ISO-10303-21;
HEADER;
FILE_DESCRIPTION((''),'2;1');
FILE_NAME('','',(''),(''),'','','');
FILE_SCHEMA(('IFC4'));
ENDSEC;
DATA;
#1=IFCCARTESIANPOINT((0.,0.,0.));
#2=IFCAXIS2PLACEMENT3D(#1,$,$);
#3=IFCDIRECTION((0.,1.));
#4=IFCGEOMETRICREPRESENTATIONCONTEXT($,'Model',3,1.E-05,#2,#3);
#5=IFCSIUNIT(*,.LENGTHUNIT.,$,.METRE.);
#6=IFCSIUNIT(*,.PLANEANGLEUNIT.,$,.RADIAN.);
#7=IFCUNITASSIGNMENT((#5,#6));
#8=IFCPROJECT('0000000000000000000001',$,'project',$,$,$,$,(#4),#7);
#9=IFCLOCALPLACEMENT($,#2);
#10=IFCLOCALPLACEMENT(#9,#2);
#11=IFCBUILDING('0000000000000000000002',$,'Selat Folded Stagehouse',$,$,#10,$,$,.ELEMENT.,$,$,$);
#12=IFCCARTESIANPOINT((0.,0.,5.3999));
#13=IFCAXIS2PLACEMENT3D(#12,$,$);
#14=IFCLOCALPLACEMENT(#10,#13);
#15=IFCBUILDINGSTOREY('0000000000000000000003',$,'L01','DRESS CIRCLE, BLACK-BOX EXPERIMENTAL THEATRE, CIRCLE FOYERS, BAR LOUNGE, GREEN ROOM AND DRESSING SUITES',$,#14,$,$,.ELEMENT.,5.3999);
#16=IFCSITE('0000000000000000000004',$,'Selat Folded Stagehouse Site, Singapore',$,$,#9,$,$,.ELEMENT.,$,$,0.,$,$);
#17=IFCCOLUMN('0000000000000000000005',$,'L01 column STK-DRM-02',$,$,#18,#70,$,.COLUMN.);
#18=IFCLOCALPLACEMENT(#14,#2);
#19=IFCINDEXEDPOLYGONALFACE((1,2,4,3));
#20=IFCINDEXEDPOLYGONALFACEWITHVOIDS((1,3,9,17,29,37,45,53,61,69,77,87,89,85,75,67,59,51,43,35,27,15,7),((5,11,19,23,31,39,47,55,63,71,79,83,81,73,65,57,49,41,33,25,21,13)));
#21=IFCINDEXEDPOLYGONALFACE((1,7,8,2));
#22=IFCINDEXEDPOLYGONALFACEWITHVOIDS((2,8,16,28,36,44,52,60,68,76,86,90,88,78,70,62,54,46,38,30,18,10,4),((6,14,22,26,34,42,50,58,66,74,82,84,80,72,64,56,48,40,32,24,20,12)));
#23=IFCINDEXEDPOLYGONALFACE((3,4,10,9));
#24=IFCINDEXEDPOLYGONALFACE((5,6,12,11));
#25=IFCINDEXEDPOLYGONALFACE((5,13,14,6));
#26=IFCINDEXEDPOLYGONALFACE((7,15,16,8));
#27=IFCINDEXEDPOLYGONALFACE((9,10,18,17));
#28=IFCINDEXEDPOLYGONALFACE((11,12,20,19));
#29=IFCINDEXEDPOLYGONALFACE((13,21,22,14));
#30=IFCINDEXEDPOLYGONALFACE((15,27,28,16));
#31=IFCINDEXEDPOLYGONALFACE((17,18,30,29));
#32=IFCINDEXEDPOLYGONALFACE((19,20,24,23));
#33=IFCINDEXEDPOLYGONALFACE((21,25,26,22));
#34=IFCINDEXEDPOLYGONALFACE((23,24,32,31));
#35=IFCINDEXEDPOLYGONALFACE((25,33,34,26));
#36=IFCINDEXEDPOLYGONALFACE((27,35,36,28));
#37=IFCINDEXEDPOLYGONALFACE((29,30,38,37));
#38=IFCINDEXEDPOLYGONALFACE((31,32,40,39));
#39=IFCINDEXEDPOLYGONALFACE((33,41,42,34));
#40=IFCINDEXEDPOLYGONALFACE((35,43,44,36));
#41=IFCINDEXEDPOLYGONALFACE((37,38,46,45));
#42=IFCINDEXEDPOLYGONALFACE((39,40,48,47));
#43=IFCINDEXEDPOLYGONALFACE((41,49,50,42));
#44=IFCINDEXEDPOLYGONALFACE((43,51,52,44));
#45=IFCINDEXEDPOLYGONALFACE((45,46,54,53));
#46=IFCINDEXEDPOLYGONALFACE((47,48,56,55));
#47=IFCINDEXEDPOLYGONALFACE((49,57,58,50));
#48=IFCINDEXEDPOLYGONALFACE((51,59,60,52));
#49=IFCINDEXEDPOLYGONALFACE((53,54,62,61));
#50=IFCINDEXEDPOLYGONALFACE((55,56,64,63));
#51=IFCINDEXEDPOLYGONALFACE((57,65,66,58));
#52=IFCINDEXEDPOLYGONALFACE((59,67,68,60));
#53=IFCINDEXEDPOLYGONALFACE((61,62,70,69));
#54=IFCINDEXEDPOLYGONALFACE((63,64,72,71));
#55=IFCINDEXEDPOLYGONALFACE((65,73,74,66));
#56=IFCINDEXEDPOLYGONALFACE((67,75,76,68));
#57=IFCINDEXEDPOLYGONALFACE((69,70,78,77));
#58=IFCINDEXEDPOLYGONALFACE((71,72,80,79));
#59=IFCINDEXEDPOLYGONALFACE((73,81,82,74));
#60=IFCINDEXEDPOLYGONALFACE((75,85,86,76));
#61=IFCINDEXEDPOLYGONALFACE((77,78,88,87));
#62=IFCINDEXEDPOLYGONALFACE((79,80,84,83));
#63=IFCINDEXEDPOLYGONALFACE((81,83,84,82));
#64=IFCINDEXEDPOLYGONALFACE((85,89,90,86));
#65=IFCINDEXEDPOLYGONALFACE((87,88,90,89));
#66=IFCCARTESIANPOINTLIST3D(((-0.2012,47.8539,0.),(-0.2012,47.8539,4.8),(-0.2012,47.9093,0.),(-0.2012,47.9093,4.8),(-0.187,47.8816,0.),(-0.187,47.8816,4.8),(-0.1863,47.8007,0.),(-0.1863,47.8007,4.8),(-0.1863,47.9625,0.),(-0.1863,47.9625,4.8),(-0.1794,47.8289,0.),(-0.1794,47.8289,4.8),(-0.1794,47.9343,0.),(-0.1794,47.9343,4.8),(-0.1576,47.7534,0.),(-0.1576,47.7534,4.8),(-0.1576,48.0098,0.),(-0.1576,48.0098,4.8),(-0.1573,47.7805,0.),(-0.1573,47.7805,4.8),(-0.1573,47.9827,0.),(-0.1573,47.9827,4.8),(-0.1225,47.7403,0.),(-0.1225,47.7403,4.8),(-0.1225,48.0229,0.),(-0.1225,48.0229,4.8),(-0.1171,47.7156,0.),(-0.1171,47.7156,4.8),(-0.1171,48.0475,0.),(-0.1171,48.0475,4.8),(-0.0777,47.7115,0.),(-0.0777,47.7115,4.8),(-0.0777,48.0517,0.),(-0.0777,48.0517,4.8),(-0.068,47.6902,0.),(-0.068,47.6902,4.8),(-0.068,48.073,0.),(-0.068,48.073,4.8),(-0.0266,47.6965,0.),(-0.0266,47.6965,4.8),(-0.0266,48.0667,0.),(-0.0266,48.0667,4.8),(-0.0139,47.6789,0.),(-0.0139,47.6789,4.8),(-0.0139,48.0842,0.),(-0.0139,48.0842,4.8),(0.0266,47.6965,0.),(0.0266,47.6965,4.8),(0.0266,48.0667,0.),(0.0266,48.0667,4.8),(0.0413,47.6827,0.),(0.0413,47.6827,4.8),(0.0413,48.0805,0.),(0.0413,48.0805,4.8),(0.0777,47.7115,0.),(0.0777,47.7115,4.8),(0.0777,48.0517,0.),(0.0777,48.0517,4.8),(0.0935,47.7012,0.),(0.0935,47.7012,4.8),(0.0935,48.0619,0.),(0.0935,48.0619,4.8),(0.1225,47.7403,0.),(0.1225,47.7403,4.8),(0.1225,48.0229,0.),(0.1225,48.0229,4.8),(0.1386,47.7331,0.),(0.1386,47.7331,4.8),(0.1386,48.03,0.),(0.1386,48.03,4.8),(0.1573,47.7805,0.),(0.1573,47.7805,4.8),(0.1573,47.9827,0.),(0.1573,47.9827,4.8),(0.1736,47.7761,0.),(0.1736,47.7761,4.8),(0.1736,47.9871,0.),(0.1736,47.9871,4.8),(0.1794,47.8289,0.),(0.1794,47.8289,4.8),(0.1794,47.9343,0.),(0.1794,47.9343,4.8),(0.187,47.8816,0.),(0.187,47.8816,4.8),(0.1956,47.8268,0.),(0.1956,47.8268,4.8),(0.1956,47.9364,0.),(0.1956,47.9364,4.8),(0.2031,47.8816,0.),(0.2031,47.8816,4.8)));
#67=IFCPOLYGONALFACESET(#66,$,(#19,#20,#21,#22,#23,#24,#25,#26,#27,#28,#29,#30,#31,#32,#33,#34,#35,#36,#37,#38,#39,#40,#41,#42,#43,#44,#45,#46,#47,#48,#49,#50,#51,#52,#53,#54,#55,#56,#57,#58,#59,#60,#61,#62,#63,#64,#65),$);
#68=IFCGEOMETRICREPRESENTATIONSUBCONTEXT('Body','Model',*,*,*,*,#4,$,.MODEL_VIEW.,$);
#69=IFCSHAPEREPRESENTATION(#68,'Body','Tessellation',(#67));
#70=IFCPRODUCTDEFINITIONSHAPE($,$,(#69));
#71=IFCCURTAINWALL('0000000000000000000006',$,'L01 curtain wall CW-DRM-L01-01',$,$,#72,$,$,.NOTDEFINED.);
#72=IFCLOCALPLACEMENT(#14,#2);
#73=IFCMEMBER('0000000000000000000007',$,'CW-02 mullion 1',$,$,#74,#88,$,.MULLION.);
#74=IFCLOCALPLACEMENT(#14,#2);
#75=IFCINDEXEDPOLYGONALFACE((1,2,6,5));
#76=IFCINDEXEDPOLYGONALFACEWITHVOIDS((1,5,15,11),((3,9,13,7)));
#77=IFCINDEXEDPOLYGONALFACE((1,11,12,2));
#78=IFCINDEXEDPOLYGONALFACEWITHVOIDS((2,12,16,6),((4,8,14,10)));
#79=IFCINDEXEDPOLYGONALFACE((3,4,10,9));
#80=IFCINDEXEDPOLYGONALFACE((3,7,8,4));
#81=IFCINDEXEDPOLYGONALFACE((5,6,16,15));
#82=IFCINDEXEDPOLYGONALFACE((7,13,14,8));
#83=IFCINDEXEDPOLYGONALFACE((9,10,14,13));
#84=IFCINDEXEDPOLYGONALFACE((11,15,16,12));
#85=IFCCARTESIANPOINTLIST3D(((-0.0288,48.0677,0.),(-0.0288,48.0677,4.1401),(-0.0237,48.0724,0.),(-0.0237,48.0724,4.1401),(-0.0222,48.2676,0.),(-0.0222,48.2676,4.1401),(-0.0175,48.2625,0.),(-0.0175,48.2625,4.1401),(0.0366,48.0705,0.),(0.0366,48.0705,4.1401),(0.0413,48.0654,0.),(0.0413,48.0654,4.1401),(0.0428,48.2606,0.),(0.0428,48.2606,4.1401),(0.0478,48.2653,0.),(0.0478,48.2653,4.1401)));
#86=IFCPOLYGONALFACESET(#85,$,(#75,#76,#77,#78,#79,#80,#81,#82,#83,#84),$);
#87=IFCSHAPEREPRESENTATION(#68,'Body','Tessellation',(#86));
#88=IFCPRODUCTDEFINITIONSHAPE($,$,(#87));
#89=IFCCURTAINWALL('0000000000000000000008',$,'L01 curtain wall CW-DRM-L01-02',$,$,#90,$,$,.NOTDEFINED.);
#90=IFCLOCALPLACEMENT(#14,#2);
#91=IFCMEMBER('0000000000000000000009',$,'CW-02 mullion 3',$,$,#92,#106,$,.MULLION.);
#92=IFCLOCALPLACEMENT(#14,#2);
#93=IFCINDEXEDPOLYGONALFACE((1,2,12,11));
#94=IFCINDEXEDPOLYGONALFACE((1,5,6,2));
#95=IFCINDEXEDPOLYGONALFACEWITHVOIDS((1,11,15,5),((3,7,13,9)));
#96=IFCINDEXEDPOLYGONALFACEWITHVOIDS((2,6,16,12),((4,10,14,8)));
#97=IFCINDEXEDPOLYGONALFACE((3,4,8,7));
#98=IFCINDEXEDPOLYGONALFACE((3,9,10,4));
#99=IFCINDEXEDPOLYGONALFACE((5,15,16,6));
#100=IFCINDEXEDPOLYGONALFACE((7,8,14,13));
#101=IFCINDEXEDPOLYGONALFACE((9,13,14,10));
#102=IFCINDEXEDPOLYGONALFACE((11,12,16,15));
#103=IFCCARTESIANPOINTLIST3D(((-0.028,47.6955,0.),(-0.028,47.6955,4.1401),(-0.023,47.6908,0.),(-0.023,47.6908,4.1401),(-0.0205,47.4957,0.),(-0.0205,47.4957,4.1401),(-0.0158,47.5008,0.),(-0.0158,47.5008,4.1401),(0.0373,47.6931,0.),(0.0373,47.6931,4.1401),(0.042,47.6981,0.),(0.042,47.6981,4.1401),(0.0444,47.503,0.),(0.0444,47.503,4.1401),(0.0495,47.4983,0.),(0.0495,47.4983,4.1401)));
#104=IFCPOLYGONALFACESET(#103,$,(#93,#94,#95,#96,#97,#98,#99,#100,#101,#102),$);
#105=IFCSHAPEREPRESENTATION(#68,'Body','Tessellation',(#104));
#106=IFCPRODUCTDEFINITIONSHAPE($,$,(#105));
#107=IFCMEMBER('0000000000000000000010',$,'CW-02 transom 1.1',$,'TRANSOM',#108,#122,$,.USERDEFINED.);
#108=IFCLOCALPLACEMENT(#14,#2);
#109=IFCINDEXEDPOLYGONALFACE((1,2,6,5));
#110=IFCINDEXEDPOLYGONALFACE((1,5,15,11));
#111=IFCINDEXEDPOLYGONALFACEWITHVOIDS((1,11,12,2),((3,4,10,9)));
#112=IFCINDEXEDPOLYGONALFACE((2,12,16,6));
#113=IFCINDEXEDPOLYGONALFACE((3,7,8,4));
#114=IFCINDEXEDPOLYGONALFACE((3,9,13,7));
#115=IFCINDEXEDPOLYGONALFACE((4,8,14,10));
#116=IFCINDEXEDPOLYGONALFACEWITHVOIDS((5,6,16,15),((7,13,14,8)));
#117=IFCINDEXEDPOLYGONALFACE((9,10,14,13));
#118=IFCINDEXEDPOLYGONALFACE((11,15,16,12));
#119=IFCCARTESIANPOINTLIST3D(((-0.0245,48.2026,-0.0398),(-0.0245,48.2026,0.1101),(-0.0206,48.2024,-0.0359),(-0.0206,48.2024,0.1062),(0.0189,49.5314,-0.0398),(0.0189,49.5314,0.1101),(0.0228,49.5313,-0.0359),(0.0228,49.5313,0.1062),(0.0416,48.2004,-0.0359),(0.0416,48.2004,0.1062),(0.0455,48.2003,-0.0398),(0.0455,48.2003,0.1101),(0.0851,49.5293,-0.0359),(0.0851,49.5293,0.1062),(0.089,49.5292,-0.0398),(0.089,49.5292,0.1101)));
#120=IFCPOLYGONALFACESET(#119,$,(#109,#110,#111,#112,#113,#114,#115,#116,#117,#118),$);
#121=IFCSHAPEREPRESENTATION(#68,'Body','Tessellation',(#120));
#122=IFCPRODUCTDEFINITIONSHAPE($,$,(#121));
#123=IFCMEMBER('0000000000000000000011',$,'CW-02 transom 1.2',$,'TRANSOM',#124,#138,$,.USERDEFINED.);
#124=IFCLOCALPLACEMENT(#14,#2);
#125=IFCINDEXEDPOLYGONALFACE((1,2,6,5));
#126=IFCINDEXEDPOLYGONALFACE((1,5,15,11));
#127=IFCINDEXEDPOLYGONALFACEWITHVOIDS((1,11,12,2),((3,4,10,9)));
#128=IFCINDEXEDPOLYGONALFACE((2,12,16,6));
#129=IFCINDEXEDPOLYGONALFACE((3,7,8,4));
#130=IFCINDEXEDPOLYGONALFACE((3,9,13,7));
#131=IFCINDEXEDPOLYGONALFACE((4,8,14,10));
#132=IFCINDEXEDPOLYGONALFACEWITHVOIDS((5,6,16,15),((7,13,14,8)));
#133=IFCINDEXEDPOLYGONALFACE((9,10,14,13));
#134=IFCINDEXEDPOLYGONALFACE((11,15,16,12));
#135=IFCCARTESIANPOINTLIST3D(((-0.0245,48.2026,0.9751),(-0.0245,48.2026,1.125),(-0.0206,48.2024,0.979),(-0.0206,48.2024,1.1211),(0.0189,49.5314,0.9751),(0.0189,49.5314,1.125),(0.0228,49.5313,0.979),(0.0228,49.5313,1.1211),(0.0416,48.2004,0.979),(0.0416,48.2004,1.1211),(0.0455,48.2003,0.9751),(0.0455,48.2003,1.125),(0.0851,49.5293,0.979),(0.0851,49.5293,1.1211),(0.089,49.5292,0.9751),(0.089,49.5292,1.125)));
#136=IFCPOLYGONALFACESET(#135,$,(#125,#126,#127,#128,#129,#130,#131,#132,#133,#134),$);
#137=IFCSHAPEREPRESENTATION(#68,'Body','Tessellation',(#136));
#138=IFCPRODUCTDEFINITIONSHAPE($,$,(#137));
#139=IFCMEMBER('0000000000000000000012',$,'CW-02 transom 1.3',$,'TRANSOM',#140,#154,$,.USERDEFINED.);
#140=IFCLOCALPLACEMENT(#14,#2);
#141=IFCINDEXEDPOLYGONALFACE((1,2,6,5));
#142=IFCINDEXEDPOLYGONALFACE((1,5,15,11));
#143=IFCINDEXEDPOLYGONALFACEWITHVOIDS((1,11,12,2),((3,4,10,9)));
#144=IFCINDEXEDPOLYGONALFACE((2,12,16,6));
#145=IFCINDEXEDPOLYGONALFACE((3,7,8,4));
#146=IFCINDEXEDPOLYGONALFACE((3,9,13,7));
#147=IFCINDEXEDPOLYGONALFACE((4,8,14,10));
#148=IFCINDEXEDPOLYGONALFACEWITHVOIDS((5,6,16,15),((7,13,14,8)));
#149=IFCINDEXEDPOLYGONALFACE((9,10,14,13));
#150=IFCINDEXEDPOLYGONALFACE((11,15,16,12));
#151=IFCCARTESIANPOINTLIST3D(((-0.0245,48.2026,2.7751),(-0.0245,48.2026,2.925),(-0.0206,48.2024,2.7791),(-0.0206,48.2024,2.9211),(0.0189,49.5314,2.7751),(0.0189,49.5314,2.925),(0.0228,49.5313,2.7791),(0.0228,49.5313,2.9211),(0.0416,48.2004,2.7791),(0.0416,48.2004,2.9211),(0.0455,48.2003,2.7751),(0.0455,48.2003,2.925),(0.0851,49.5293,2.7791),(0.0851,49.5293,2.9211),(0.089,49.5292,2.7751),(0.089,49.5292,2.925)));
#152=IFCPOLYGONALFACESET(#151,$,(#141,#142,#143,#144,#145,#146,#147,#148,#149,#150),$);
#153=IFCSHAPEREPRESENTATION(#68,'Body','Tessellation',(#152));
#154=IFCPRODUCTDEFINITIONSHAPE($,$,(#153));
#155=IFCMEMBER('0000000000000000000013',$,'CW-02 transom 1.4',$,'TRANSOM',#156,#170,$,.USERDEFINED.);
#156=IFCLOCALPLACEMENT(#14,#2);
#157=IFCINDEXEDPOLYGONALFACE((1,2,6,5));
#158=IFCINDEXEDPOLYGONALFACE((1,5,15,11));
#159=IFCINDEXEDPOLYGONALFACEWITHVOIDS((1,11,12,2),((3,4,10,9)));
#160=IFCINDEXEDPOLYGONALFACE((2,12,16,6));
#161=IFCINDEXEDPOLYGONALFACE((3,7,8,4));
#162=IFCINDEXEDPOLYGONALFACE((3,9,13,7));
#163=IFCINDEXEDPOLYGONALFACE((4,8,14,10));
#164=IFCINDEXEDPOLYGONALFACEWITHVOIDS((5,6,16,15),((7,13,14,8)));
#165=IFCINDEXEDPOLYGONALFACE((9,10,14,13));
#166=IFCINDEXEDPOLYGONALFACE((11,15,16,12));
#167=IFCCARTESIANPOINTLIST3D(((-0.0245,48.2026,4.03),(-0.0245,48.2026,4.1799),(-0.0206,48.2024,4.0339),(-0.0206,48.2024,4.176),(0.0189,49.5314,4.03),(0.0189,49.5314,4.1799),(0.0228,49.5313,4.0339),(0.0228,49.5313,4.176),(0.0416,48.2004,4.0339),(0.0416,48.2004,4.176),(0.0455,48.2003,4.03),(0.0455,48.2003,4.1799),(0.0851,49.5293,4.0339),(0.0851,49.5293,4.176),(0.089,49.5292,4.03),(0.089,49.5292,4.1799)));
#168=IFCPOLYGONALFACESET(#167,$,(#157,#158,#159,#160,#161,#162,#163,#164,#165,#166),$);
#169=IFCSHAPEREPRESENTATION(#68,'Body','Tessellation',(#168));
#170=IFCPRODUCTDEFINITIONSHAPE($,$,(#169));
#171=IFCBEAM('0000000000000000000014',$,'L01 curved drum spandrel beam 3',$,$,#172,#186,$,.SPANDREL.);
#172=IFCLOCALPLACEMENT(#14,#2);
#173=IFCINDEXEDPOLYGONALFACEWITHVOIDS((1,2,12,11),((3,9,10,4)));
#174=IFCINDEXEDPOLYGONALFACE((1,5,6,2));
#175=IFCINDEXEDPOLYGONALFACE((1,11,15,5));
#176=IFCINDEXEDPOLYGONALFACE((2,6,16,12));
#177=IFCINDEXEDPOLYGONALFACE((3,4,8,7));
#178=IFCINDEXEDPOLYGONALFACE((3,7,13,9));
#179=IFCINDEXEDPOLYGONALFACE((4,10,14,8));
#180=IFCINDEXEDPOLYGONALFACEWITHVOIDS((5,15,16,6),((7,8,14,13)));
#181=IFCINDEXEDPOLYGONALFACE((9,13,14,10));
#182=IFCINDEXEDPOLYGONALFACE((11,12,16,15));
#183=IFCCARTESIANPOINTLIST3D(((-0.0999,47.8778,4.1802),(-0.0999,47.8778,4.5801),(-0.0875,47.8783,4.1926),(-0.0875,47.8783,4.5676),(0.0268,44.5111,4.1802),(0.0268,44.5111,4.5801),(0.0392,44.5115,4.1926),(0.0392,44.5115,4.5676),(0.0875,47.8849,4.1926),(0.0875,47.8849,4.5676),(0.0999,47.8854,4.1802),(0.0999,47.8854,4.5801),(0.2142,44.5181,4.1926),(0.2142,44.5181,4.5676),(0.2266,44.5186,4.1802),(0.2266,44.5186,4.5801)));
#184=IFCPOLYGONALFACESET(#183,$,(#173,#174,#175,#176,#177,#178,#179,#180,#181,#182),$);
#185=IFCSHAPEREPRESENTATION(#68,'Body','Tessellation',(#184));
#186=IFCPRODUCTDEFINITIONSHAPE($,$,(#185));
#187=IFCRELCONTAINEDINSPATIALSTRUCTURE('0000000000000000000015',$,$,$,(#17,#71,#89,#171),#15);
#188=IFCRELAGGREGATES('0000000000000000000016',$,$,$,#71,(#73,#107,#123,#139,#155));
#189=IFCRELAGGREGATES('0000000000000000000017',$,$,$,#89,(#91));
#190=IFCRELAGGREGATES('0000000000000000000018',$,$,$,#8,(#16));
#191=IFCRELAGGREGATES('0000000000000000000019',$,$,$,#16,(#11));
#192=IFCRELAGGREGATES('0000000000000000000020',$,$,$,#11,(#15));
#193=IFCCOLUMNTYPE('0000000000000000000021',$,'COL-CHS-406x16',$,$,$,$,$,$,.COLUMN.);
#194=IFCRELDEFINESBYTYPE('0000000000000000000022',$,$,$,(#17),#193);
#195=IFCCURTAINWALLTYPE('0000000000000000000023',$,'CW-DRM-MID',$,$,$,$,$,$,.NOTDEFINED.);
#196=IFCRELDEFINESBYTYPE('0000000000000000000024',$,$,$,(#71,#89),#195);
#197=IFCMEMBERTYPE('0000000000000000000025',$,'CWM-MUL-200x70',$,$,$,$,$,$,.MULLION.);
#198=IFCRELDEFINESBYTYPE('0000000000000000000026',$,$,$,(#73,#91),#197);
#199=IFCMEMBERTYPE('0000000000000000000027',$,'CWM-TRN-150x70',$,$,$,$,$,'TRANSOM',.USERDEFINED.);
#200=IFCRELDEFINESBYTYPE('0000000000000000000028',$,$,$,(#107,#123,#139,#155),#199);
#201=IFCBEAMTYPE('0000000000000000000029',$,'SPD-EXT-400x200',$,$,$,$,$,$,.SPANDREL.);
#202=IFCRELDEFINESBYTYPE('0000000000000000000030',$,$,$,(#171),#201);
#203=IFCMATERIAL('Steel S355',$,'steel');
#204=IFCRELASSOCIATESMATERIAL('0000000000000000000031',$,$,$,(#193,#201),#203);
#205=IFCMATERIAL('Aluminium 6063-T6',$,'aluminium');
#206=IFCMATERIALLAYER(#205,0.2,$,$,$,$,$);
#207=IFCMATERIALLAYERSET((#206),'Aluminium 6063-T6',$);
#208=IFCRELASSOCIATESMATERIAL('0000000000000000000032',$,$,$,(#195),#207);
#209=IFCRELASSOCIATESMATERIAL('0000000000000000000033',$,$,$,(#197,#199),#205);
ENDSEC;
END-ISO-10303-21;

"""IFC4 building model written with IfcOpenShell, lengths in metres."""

from ifc_helpers import new_model, si_unit, direction, frame, origin, origin_2d, place, context, subcontext, project, spatial, hollow_rectangle, hollow_circle, extrude, material, layer, layer_set, material_profile, profile_set, type_object, element, aggregate, save


model = new_model("IFC4")

# Units and contexts
model_context = context("Model", 3, precision=1e-05, world=origin(), true_north=direction((0.0, 1.0)))
body_context = subcontext(model_context, "Body", "Model", "MODEL_VIEW")
ifc_project = project(units=[si_unit("LENGTHUNIT", "METRE"), si_unit("PLANEANGLEUNIT", "RADIAN")], contexts=[model_context])

# Site, building, storey
site_placement = place(None, origin())
site = spatial("IfcSite", under=ifc_project, at=site_placement, Name="Selat Folded Stagehouse Site, Singapore", CompositionType="ELEMENT", RefElevation=0.0)
building_placement = place(site_placement, origin())
building = spatial("IfcBuilding", under=site, at=building_placement, Name="Selat Folded Stagehouse", CompositionType="ELEMENT")
storey_placement = place(building_placement, frame((0.0, 0.0, 5.3999)))
storey = spatial("IfcBuildingStorey", under=building, at=storey_placement, Name="L01", Description="DRESS CIRCLE, BLACK-BOX EXPERIMENTAL THEATRE, CIRCLE FOYERS, BAR LOUNGE, GREEN ROOM AND DRESSING SUITES", CompositionType="ELEMENT", Elevation=5.3999)

# Column
ifc_material_1 = material(Name="Steel S355", Category="steel")
ifc_material_profile_1 = material_profile(ifc_material_1, hollow_circle(Radius=0.2031, WallThickness=0.0161, at=origin_2d()), Name="CHS 406.4x16.0")
ifc_profile_set_1 = profile_set([ifc_material_profile_1], Name="Steel S355")
column_type = type_object("IfcColumnType", Name="COL-CHS-406x16", PredefinedType="COLUMN", material=ifc_profile_set_1)
column_placement = place(storey_placement, frame((0.0, 47.8816, 0.0), z_axis=(0.0, 0.0, 1.0), x_axis=(1.0, 0.0, 0.0)))
element("IfcColumn", 1, at=column_placement, inside=storey, type_object=column_type, Name="L01 column STK-DRM-02", PredefinedType="COLUMN", context=body_context, shape_type="SweptSolid", body=[
    extrude(hollow_circle(Radius=0.2031, WallThickness=0.0161, at=origin_2d()), origin(), (0.0, 0.0, 1.0), 4.8),
])

# Curtain walls, members
ifc_material_2 = material(Name="Aluminium 6063-T6", Category="aluminium")
ifc_layer_1 = layer(ifc_material_2, 0.2)
ifc_layer_set_1 = layer_set([ifc_layer_1], Name="Aluminium 6063-T6")
curtain_wall_type = type_object("IfcCurtainWallType", Name="CW-DRM-MID", PredefinedType="NOTDEFINED", material=ifc_layer_set_1)
curtain_wall_1_placement = place(storey_placement, origin())
curtain_wall_1 = element("IfcCurtainWall", 2, at=curtain_wall_1_placement, inside=storey, type_object=curtain_wall_type, Name="L01 curtain wall CW-DRM-L01-01", PredefinedType="NOTDEFINED")
ifc_material_profile_2 = material_profile(ifc_material_2, hollow_rectangle(XDim=0.0701, YDim=0.2, WallThickness=0.0049, at=origin_2d()), Name="ALU 200x70x5.0")
ifc_profile_set_2 = profile_set([ifc_material_profile_2], Name="Aluminium 6063-T6")
member_type_1 = type_object("IfcMemberType", Name="CWM-MUL-200x70", PredefinedType="MULLION", material=ifc_profile_set_2)
member_1_placement = place(storey_placement, frame((0.0095, 48.1665, 0.0), z_axis=(0.0, 0.0, 1.0), x_axis=(-0.999468, 0.032625, 0.0)))
member_1 = element("IfcMember", 3, at=member_1_placement, type_object=member_type_1, Name="CW-02 mullion 1", PredefinedType="MULLION", context=body_context, shape_type="SweptSolid", body=[
    extrude(hollow_rectangle(XDim=0.0701, YDim=0.2, WallThickness=0.0049, at=origin_2d()), origin(), (0.0, 0.0, 1.0), 4.1401),
])
curtain_wall_2_placement = place(storey_placement, origin())
curtain_wall_2 = element("IfcCurtainWall", 4, at=curtain_wall_2_placement, inside=storey, type_object=curtain_wall_type, Name="L01 curtain wall CW-DRM-L01-02", PredefinedType="NOTDEFINED")
member_2_placement = place(storey_placement, frame((0.0107, 47.5969, 0.0), z_axis=(0.0, 0.0, 1.0), x_axis=(-0.999294, -0.037574, 0.0)))
member_2 = element("IfcMember", 5, at=member_2_placement, type_object=member_type_1, Name="CW-02 mullion 3", PredefinedType="MULLION", context=body_context, shape_type="SweptSolid", body=[
    extrude(hollow_rectangle(XDim=0.0701, YDim=0.2, WallThickness=0.0049, at=origin_2d()), origin(), (0.0, 0.0, 1.0), 4.1401),
])

# Members
ifc_material_profile_3 = material_profile(ifc_material_2, hollow_rectangle(XDim=0.0701, YDim=0.1499, WallThickness=0.0039, at=origin_2d()), Name="ALU 150x70x4.0")
ifc_profile_set_3 = profile_set([ifc_material_profile_3], Name="Aluminium 6063-T6")
member_type_2 = type_object("IfcMemberType", Name="CWM-TRN-150x70", ElementType="TRANSOM", PredefinedType="USERDEFINED", material=ifc_profile_set_3)
member_3_placement = place(storey_placement, frame((0.0105, 48.2014, 0.0352), z_axis=(0.032685, 0.999466, 0.0), x_axis=(-0.999466, 0.032685, 0.0)))
member_3 = element("IfcMember", 6, at=member_3_placement, type_object=member_type_2, Name="CW-02 transom 1.1", ObjectType="TRANSOM", PredefinedType="USERDEFINED", context=body_context, shape_type="SweptSolid", body=[
    extrude(hollow_rectangle(XDim=0.0701, YDim=0.1499, WallThickness=0.0039, at=origin_2d()), origin(), (0.0, 0.0, 1.0), 1.3296),
])
member_4_placement = place(storey_placement, frame((0.0105, 48.2014, 1.05), z_axis=(0.032685, 0.999466, 0.0), x_axis=(-0.999466, 0.032685, 0.0)))
member_4 = element("IfcMember", 7, at=member_4_placement, type_object=member_type_2, Name="CW-02 transom 1.2", ObjectType="TRANSOM", PredefinedType="USERDEFINED", context=body_context, shape_type="SweptSolid", body=[
    extrude(hollow_rectangle(XDim=0.0701, YDim=0.1499, WallThickness=0.0039, at=origin_2d()), origin(), (0.0, 0.0, 1.0), 1.3296),
])
member_5_placement = place(storey_placement, frame((0.0105, 48.2014, 2.8501), z_axis=(0.032685, 0.999466, 0.0), x_axis=(-0.999466, 0.032685, 0.0)))
member_5 = element("IfcMember", 8, at=member_5_placement, type_object=member_type_2, Name="CW-02 transom 1.3", ObjectType="TRANSOM", PredefinedType="USERDEFINED", context=body_context, shape_type="SweptSolid", body=[
    extrude(hollow_rectangle(XDim=0.0701, YDim=0.1499, WallThickness=0.0039, at=origin_2d()), origin(), (0.0, 0.0, 1.0), 1.3296),
])
member_6_placement = place(storey_placement, frame((0.0105, 48.2014, 4.105), z_axis=(0.032685, 0.999466, 0.0), x_axis=(-0.999466, 0.032685, 0.0)))
member_6 = element("IfcMember", 9, at=member_6_placement, type_object=member_type_2, Name="CW-02 transom 1.4", ObjectType="TRANSOM", PredefinedType="USERDEFINED", context=body_context, shape_type="SweptSolid", body=[
    extrude(hollow_rectangle(XDim=0.0701, YDim=0.1499, WallThickness=0.0039, at=origin_2d()), origin(), (0.0, 0.0, 1.0), 1.3296),
])

# Beam
ifc_material_profile_4 = material_profile(ifc_material_1, hollow_rectangle(XDim=0.2, YDim=0.3999, WallThickness=0.0125, at=origin_2d()), Name="RHS 400x200x12.5")
ifc_profile_set_4 = profile_set([ifc_material_profile_4], Name="Steel S355")
beam_type = type_object("IfcBeamType", Name="SPD-EXT-400x200", PredefinedType="SPANDREL", material=ifc_profile_set_4)
beam_placement = place(storey_placement, frame((0.0, 47.8816, 4.3801), z_axis=(0.037609, -0.999293, 0.0), x_axis=(0.999293, 0.037609, 0.0)))
element("IfcBeam", 10, at=beam_placement, inside=storey, type_object=beam_type, Name="L01 curved drum spandrel beam 3", PredefinedType="SPANDREL", context=body_context, shape_type="SweptSolid", body=[
    extrude(hollow_rectangle(XDim=0.2, YDim=0.3999, WallThickness=0.0125, at=origin_2d()), origin(), (0.0, 0.0, 1.0), 3.3691),
])

aggregate(curtain_wall_1, [member_1, member_3, member_4, member_5, member_6])
aggregate(curtain_wall_2, [member_2])

save(model, "model.ifc")
